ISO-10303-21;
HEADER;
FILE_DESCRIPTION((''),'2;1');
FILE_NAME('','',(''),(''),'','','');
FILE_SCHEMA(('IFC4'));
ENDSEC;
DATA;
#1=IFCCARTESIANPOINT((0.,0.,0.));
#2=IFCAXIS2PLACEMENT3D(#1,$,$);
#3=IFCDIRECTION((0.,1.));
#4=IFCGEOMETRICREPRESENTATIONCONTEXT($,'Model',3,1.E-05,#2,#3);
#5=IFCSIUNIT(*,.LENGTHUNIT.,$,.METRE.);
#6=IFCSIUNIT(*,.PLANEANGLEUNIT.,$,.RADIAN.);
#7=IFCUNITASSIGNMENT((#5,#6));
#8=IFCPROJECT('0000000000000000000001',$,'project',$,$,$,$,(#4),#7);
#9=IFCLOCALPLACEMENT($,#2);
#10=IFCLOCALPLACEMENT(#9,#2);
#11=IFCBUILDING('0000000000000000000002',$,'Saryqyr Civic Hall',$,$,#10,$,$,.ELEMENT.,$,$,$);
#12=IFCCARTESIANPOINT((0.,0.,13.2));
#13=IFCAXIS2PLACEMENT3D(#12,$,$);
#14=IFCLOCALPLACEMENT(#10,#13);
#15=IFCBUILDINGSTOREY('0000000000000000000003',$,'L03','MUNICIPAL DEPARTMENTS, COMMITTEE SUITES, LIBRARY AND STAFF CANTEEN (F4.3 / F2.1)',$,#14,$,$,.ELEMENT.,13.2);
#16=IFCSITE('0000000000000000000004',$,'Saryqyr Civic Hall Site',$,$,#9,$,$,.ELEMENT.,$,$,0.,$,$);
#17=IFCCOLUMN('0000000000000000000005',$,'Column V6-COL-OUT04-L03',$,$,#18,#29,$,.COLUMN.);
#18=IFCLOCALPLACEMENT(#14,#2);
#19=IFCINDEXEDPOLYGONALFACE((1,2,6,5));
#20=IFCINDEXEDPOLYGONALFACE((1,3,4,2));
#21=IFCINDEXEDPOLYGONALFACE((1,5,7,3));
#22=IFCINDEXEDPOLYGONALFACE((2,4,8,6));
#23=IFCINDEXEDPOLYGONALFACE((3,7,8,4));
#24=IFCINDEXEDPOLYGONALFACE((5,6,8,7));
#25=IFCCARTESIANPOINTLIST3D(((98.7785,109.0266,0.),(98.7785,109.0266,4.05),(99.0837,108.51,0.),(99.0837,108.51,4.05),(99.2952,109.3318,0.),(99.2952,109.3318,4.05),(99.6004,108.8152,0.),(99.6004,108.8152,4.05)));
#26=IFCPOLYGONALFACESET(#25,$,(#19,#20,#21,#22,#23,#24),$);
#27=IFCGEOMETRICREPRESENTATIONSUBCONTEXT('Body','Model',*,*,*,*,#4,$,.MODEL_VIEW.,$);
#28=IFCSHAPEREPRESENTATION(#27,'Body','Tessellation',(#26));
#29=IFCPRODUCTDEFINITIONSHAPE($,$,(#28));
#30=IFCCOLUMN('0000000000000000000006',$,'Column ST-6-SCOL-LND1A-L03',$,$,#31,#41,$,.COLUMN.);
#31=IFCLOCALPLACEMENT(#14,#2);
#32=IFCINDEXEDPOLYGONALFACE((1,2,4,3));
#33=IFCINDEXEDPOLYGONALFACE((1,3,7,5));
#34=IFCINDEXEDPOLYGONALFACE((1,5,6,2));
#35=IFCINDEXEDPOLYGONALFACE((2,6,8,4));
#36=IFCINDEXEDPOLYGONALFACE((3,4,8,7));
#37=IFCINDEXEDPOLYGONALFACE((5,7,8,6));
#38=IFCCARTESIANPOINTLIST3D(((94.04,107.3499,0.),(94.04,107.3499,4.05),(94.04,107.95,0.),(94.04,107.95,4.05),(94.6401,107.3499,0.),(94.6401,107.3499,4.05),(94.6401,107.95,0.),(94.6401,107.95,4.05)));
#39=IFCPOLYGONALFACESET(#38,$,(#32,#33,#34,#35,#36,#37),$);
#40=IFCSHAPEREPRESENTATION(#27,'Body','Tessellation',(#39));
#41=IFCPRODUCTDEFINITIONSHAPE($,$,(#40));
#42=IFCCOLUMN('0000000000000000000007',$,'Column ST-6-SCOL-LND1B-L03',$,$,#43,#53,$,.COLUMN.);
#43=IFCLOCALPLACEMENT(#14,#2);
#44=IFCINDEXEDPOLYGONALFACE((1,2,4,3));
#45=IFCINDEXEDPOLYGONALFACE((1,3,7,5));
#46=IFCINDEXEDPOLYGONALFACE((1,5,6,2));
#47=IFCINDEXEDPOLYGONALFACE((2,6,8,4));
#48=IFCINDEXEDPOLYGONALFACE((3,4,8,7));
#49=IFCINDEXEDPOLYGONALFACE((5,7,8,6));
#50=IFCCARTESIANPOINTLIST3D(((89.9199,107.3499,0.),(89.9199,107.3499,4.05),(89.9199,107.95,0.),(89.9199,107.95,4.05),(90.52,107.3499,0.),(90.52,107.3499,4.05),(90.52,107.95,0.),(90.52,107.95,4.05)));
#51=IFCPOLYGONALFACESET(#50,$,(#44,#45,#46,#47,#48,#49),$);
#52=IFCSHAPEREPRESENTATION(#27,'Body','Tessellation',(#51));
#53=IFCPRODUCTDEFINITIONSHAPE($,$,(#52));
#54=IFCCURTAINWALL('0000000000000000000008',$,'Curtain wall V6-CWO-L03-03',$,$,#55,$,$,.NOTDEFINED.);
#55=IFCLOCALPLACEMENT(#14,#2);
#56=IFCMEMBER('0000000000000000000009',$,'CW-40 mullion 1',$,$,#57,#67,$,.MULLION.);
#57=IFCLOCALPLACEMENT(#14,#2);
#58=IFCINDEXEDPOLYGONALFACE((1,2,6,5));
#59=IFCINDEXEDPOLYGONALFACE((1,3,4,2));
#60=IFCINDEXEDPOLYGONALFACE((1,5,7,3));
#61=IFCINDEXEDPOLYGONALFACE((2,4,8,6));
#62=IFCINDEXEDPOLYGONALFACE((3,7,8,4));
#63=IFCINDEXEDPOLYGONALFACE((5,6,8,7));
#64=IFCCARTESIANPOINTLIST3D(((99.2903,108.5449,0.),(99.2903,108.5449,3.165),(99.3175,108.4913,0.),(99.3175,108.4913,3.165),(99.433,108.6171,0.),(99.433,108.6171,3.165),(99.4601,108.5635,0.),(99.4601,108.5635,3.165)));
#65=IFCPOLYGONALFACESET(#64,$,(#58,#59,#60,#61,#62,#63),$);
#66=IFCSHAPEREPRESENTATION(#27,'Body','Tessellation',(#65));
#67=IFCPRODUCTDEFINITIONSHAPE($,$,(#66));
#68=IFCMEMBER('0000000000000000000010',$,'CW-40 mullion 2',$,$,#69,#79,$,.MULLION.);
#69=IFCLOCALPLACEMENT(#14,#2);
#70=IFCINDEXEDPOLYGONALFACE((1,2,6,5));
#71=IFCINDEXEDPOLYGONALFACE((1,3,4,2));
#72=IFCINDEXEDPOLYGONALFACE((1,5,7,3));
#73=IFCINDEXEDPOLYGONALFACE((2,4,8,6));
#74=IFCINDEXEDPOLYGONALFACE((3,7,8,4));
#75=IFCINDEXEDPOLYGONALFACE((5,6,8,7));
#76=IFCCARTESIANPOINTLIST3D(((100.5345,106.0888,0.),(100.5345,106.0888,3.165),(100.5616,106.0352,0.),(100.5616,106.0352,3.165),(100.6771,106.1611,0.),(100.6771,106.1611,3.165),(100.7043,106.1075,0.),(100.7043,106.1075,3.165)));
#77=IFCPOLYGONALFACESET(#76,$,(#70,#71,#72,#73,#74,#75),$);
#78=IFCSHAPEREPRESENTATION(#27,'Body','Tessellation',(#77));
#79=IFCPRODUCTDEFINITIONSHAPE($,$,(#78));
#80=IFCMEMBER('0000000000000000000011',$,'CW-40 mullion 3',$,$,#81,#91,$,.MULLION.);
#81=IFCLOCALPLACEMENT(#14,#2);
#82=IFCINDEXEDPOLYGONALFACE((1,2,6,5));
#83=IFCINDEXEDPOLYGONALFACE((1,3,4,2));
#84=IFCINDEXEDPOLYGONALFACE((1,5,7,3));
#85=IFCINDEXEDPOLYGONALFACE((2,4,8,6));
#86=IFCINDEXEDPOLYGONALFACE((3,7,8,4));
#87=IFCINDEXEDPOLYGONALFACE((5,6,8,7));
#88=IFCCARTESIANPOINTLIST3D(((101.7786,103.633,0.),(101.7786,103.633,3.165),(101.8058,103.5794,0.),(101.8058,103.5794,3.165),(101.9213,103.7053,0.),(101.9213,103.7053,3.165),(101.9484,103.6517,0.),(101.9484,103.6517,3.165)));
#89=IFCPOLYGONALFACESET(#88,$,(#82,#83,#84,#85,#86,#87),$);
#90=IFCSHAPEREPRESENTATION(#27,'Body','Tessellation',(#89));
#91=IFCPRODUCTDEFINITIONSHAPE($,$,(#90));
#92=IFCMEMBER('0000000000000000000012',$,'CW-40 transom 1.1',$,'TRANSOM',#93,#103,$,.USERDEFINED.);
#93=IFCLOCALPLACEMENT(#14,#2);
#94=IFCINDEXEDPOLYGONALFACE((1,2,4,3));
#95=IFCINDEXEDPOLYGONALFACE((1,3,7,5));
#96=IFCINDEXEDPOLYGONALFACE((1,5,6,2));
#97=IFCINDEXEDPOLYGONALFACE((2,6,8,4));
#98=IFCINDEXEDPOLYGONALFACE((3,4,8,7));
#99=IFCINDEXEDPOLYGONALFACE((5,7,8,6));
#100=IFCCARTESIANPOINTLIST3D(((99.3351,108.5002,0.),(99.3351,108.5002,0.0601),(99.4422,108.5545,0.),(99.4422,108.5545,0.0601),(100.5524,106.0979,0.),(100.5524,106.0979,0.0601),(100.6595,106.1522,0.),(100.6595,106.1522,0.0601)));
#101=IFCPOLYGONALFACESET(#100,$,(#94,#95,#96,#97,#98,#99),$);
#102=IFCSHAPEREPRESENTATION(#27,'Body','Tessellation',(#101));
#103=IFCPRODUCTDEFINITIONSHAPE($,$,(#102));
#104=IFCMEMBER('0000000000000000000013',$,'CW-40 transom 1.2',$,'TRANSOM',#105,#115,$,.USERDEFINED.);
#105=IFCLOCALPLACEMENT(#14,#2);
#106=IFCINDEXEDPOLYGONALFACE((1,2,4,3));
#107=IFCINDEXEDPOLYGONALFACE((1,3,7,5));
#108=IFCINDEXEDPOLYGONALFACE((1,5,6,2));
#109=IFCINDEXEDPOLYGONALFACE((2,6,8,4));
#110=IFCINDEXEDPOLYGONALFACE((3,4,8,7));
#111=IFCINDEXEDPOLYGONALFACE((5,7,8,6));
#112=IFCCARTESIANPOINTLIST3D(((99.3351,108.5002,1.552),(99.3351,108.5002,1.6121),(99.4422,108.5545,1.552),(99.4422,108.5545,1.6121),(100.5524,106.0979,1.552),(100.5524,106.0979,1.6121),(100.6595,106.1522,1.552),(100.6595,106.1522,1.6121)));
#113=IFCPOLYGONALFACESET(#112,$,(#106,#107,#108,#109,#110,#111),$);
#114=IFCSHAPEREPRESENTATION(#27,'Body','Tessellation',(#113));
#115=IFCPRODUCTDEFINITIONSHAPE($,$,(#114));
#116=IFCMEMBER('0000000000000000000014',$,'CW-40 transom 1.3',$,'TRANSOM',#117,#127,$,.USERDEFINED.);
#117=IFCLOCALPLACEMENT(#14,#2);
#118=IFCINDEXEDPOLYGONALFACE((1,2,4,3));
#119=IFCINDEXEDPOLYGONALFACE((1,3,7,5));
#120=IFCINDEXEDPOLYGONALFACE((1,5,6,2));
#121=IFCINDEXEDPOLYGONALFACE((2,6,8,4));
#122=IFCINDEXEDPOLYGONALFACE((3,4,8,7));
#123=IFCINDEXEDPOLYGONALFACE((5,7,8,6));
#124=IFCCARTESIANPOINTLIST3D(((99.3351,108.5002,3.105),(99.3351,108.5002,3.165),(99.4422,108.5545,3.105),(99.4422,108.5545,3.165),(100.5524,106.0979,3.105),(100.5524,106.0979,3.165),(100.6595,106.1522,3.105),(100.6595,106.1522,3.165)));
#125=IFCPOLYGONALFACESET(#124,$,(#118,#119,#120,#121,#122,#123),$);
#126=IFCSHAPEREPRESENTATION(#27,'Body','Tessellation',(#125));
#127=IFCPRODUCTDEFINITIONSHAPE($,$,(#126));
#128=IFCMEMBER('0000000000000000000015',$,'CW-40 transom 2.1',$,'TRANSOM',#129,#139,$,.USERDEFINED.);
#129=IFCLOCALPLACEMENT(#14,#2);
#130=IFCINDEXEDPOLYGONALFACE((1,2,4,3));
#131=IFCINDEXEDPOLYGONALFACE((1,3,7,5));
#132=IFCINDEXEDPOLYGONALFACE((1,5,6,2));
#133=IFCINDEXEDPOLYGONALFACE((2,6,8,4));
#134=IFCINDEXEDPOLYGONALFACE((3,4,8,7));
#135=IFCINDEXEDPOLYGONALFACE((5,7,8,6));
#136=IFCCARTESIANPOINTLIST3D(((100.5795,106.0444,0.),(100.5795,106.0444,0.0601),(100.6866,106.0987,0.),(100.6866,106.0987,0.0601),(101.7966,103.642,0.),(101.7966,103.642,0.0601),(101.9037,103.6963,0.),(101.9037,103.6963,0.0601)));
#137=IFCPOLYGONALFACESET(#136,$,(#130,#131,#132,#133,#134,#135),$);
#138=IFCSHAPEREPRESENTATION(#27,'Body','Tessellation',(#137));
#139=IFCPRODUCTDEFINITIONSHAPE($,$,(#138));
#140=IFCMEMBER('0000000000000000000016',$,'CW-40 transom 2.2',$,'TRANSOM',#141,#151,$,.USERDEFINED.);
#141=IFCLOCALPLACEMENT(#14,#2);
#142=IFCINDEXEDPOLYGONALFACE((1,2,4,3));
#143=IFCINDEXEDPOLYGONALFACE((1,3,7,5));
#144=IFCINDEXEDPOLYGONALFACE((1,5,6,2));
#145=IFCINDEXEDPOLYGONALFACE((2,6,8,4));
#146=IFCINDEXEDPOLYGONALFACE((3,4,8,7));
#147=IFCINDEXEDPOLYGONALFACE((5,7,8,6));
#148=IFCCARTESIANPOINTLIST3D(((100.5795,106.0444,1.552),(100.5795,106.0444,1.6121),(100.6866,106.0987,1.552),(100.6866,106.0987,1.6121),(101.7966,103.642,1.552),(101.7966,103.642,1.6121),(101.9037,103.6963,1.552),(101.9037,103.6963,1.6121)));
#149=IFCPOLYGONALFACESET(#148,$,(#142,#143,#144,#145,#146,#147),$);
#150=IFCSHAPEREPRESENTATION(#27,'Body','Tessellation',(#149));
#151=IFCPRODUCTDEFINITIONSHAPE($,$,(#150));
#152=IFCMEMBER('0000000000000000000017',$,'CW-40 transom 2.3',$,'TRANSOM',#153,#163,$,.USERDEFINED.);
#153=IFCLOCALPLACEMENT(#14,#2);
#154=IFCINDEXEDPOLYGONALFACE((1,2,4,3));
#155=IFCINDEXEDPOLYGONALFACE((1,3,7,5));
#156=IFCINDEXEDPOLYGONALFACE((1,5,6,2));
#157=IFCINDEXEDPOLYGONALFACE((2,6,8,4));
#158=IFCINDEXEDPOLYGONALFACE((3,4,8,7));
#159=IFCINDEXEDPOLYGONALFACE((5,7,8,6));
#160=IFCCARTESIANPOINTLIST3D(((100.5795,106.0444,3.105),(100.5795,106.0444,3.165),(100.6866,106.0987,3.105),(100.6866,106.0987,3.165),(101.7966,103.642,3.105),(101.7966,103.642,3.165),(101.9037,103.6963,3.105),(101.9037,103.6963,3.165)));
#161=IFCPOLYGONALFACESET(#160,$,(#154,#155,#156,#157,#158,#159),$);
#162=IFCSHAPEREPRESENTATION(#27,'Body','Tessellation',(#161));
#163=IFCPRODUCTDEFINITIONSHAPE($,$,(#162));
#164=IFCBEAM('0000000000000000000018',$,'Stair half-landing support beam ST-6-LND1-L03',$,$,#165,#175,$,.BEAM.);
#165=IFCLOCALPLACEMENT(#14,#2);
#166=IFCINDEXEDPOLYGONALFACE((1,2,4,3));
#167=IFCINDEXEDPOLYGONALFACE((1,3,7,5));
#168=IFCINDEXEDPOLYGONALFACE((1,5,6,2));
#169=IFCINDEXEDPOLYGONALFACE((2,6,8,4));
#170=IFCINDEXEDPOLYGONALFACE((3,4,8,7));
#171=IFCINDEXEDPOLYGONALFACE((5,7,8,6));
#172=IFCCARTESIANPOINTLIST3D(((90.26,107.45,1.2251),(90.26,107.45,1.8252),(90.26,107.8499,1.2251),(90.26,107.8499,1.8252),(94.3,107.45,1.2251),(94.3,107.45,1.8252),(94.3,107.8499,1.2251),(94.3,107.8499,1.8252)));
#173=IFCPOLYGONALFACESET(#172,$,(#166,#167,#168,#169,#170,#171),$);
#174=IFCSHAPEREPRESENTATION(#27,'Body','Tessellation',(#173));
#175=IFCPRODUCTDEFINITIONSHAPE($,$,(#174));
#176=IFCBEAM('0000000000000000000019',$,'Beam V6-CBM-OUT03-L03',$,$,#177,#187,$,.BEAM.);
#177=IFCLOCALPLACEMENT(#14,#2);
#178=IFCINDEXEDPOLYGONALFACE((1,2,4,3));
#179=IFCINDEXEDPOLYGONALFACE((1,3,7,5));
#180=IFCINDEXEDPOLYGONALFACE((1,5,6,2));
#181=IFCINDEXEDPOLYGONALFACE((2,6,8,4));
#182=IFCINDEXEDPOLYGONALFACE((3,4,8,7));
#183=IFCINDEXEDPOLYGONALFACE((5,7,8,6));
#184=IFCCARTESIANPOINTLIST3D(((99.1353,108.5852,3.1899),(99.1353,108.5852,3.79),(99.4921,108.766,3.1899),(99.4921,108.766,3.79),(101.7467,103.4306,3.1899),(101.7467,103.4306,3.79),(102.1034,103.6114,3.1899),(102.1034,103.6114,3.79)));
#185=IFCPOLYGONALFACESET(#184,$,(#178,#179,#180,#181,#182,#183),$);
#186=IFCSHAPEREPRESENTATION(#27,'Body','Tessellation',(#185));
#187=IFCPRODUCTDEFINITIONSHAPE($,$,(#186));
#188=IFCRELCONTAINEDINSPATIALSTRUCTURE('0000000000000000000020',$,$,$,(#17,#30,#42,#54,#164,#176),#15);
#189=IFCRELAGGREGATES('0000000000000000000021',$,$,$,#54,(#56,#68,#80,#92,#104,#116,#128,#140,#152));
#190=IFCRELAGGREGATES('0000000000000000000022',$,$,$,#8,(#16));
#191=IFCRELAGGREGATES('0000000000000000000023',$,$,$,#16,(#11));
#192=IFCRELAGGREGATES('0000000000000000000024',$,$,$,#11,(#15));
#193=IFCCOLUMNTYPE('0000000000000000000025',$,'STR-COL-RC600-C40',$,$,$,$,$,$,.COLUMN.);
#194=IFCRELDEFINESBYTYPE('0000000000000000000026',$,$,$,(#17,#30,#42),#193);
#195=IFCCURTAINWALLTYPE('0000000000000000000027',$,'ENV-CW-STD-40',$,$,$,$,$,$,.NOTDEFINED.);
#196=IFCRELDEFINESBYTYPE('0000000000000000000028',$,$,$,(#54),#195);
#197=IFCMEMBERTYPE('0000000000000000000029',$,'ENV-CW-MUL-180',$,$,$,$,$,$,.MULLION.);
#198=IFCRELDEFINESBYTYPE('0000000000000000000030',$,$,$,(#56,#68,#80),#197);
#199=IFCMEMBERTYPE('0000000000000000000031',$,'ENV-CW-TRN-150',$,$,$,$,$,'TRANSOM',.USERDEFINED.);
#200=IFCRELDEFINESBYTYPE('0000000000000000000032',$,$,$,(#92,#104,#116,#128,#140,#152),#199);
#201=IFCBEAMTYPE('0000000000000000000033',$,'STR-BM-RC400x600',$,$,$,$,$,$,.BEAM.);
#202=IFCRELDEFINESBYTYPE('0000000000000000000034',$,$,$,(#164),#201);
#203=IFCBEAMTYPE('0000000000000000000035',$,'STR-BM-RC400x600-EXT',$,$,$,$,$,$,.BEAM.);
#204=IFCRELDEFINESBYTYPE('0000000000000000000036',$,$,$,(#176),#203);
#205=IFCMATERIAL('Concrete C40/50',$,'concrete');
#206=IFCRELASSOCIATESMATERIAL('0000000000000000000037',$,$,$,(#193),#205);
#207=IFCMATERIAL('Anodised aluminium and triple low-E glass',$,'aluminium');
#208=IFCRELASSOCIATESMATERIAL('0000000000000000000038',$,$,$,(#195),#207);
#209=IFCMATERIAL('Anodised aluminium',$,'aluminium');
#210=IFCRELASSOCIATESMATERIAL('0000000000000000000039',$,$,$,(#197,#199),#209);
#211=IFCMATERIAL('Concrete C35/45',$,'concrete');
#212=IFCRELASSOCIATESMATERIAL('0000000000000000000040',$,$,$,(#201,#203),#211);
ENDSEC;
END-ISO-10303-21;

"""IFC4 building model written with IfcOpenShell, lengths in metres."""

from ifc_helpers import new_model, si_unit, direction, frame, origin, origin_2d, place, context, subcontext, project, spatial, rectangle, extrude, material, material_profile, profile_set, type_object, element, aggregate, save


model = new_model("IFC4")

# Units and contexts
model_context = context("Model", 3, precision=1e-05, world=origin(), true_north=direction((0.0, 1.0)))
body_context = subcontext(model_context, "Body", "Model", "MODEL_VIEW")
ifc_project = project(units=[si_unit("LENGTHUNIT", "METRE"), si_unit("PLANEANGLEUNIT", "RADIAN")], contexts=[model_context])

# Site, building, storey
site_placement = place(None, origin())
site = spatial("IfcSite", under=ifc_project, at=site_placement, Name="Saryqyr Civic Hall Site", CompositionType="ELEMENT", RefElevation=0.0)
building_placement = place(site_placement, origin())
building = spatial("IfcBuilding", under=site, at=building_placement, Name="Saryqyr Civic Hall", CompositionType="ELEMENT")
storey_placement = place(building_placement, frame((0.0, 0.0, 13.2)))
storey = spatial("IfcBuildingStorey", under=building, at=storey_placement, Name="L03", Description="MUNICIPAL DEPARTMENTS, COMMITTEE SUITES, LIBRARY AND STAFF CANTEEN (F4.3 / F2.1)", CompositionType="ELEMENT", Elevation=13.2)

# Columns
ifc_material_1 = material(Name="Concrete C40/50", Category="concrete")
ifc_material_profile_1 = material_profile(ifc_material_1, rectangle(XDim=0.6001, YDim=0.6001, at=origin_2d()), Name="RC 600x600")
ifc_profile_set_1 = profile_set([ifc_material_profile_1], Name="Concrete C40/50")
column_type = type_object("IfcColumnType", Name="STR-COL-RC600-C40", PredefinedType="COLUMN", material=ifc_profile_set_1)
for number, where, z_axis, x_axis, name in (
    (1, (99.1895, 108.9209, 0.0), (0.0, 0.0, 1.0), (0.861008, 0.508591, 0.0), "Column V6-COL-OUT04-L03"),
    (2, (94.3401, 107.6499, 0.0), (0.0, 0.0, 1.0), (1.0, 0.0, 0.0), "Column ST-6-SCOL-LND1A-L03"),
    (3, (90.22, 107.6499, 0.0), (0.0, 0.0, 1.0), (1.0, 0.0, 0.0), "Column ST-6-SCOL-LND1B-L03"),
):
    element("IfcColumn", number, at=place(storey_placement, frame(where, z_axis=z_axis, x_axis=x_axis)), inside=storey, type_object=column_type, Name=name, PredefinedType="COLUMN", context=body_context, shape_type="SweptSolid", body=[
        extrude(rectangle(XDim=0.6001, YDim=0.6001, at=origin_2d()), origin(), (0.0, 0.0, 1.0), 4.05),
    ])

# Curtain wall, members
ifc_material_2 = material(Name="Anodised aluminium and triple low-E glass", Category="aluminium")
curtain_wall_type = type_object("IfcCurtainWallType", Name="ENV-CW-STD-40", PredefinedType="NOTDEFINED", material=ifc_material_2)
curtain_wall_placement = place(storey_placement, origin())
curtain_wall = element("IfcCurtainWall", 4, at=curtain_wall_placement, inside=storey, type_object=curtain_wall_type, Name="Curtain wall V6-CWO-L03-03", PredefinedType="NOTDEFINED")
ifc_material_3 = material(Name="Anodised aluminium", Category="aluminium")
ifc_material_profile_2 = material_profile(ifc_material_3, rectangle(XDim=0.0601, YDim=0.1599, at=origin_2d()), Name="ALU MULLION 60x160")
ifc_profile_set_2 = profile_set([ifc_material_profile_2], Name="Anodised aluminium")
member_type_1 = type_object("IfcMemberType", Name="ENV-CW-MUL-180", PredefinedType="MULLION", material=ifc_profile_set_2)
member_1_placement = place(storey_placement, frame((99.3752, 108.5542, 0.0), z_axis=(0.0, 0.0, 1.0), x_axis=(0.451943, -0.892047, 0.0)))
member_1 = element("IfcMember", 5, at=member_1_placement, type_object=member_type_1, Name="CW-40 mullion 1", PredefinedType="MULLION", context=body_context, shape_type="SweptSolid", body=[
    extrude(rectangle(XDim=0.0601, YDim=0.1599, at=origin_2d()), origin(), (0.0, 0.0, 1.0), 3.165),
])
member_2_placement = place(storey_placement, frame((100.6194, 106.0981, 0.0), z_axis=(0.0, 0.0, 1.0), x_axis=(0.451943, -0.892047, 0.0)))
member_2 = element("IfcMember", 6, at=member_2_placement, type_object=member_type_1, Name="CW-40 mullion 2", PredefinedType="MULLION", context=body_context, shape_type="SweptSolid", body=[
    extrude(rectangle(XDim=0.0601, YDim=0.1599, at=origin_2d()), origin(), (0.0, 0.0, 1.0), 3.165),
])
member_3_placement = place(storey_placement, frame((101.8635, 103.6423, 0.0), z_axis=(0.0, 0.0, 1.0), x_axis=(0.451943, -0.892047, 0.0)))
member_3 = element("IfcMember", 7, at=member_3_placement, type_object=member_type_1, Name="CW-40 mullion 3", PredefinedType="MULLION", context=body_context, shape_type="SweptSolid", body=[
    extrude(rectangle(XDim=0.0601, YDim=0.1599, at=origin_2d()), origin(), (0.0, 0.0, 1.0), 3.165),
])
ifc_material_profile_3 = material_profile(ifc_material_3, rectangle(XDim=0.1201, YDim=0.0601, at=origin_2d()), Name="ALU TRANSOM 120x60")
ifc_profile_set_3 = profile_set([ifc_material_profile_3], Name="Anodised aluminium")
member_type_2 = type_object("IfcMemberType", Name="ENV-CW-TRN-150", ElementType="TRANSOM", PredefinedType="USERDEFINED", material=ifc_profile_set_3)
member_4_placement = place(storey_placement, frame((99.3887, 108.5273, 0.03), z_axis=(0.451994, -0.892021, 0.0), x_axis=(0.892021, 0.451994, 0.0)))
member_4 = element("IfcMember", 8, at=member_4_placement, type_object=member_type_2, Name="CW-40 transom 1.1", ObjectType="TRANSOM", PredefinedType="USERDEFINED", context=body_context, shape_type="SweptSolid", body=[
    extrude(rectangle(XDim=0.1201, YDim=0.0601, at=origin_2d()), origin(), (0.0, 0.0, 1.0), 2.6931),
])
member_5_placement = place(storey_placement, frame((99.3887, 108.5273, 1.582), z_axis=(0.451994, -0.892021, 0.0), x_axis=(0.892021, 0.451994, 0.0)))
member_5 = element("IfcMember", 9, at=member_5_placement, type_object=member_type_2, Name="CW-40 transom 1.2", ObjectType="TRANSOM", PredefinedType="USERDEFINED", context=body_context, shape_type="SweptSolid", body=[
    extrude(rectangle(XDim=0.1201, YDim=0.0601, at=origin_2d()), origin(), (0.0, 0.0, 1.0), 2.6931),
])
member_6_placement = place(storey_placement, frame((99.3887, 108.5273, 3.135), z_axis=(0.451994, -0.892021, 0.0), x_axis=(0.892021, 0.451994, 0.0)))
member_6 = element("IfcMember", 10, at=member_6_placement, type_object=member_type_2, Name="CW-40 transom 1.3", ObjectType="TRANSOM", PredefinedType="USERDEFINED", context=body_context, shape_type="SweptSolid", body=[
    extrude(rectangle(XDim=0.1201, YDim=0.0601, at=origin_2d()), origin(), (0.0, 0.0, 1.0), 2.6931),
])
member_7_placement = place(storey_placement, frame((100.6331, 106.0715, 0.03), z_axis=(0.451922, -0.892058, 0.0), x_axis=(0.892058, 0.451922, 0.0)))
member_7 = element("IfcMember", 11, at=member_7_placement, type_object=member_type_2, Name="CW-40 transom 2.1", ObjectType="TRANSOM", PredefinedType="USERDEFINED", context=body_context, shape_type="SweptSolid", body=[
    extrude(rectangle(XDim=0.1201, YDim=0.0601, at=origin_2d()), origin(), (0.0, 0.0, 1.0), 2.6931),
])
member_8_placement = place(storey_placement, frame((100.6331, 106.0715, 1.582), z_axis=(0.451922, -0.892058, 0.0), x_axis=(0.892058, 0.451922, 0.0)))
member_8 = element("IfcMember", 12, at=member_8_placement, type_object=member_type_2, Name="CW-40 transom 2.2", ObjectType="TRANSOM", PredefinedType="USERDEFINED", context=body_context, shape_type="SweptSolid", body=[
    extrude(rectangle(XDim=0.1201, YDim=0.0601, at=origin_2d()), origin(), (0.0, 0.0, 1.0), 2.6931),
])
member_9_placement = place(storey_placement, frame((100.6331, 106.0715, 3.135), z_axis=(0.451922, -0.892058, 0.0), x_axis=(0.892058, 0.451922, 0.0)))
member_9 = element("IfcMember", 13, at=member_9_placement, type_object=member_type_2, Name="CW-40 transom 2.3", ObjectType="TRANSOM", PredefinedType="USERDEFINED", context=body_context, shape_type="SweptSolid", body=[
    extrude(rectangle(XDim=0.1201, YDim=0.0601, at=origin_2d()), origin(), (0.0, 0.0, 1.0), 2.6931),
])

# Beams
ifc_material_4 = material(Name="Concrete C35/45", Category="concrete")
ifc_material_profile_4 = material_profile(ifc_material_4, rectangle(XDim=0.3999, YDim=0.6001, at=origin_2d()), Name="RC 400x600")
ifc_profile_set_4 = profile_set([ifc_material_profile_4], Name="Concrete C35/45")
beam_type_1 = type_object("IfcBeamType", Name="STR-BM-RC400x600", PredefinedType="BEAM", material=ifc_profile_set_4)
beam_1_placement = place(storey_placement, frame((94.3, 107.6499, 1.5251), z_axis=(-1.0, 0.0, 0.0), x_axis=(0.0, -1.0, 0.0)))
element("IfcBeam", 14, at=beam_1_placement, inside=storey, type_object=beam_type_1, Name="Stair half-landing support beam ST-6-LND1-L03", PredefinedType="BEAM", context=body_context, shape_type="SweptSolid", body=[
    extrude(rectangle(XDim=0.3999, YDim=0.6001, at=origin_2d()), origin(), (0.0, 0.0, 1.0), 4.04),
])
ifc_material_profile_5 = material_profile(ifc_material_4, rectangle(XDim=0.3999, YDim=0.6001, at=origin_2d()), Name="RC 400x600")
ifc_profile_set_5 = profile_set([ifc_material_profile_5], Name="Concrete C35/45")
beam_type_2 = type_object("IfcBeamType", Name="STR-BM-RC400x600-EXT", PredefinedType="BEAM", material=ifc_profile_set_5)
beam_2_placement = place(storey_placement, frame((101.925, 103.521, 3.49), z_axis=(-0.451923, 0.892057, 0.0), x_axis=(-0.892057, -0.451923, 0.0)))
element("IfcBeam", 15, at=beam_2_placement, inside=storey, type_object=beam_type_2, Name="Beam V6-CBM-OUT03-L03", PredefinedType="BEAM", context=body_context, shape_type="SweptSolid", body=[
    extrude(rectangle(XDim=0.3999, YDim=0.6001, at=origin_2d()), origin(), (0.0, 0.0, 1.0), 5.7783),
])

aggregate(curtain_wall, [member_1, member_2, member_3, member_4, member_5, member_6, member_7, member_8, member_9])

save(model, "model.ifc")
